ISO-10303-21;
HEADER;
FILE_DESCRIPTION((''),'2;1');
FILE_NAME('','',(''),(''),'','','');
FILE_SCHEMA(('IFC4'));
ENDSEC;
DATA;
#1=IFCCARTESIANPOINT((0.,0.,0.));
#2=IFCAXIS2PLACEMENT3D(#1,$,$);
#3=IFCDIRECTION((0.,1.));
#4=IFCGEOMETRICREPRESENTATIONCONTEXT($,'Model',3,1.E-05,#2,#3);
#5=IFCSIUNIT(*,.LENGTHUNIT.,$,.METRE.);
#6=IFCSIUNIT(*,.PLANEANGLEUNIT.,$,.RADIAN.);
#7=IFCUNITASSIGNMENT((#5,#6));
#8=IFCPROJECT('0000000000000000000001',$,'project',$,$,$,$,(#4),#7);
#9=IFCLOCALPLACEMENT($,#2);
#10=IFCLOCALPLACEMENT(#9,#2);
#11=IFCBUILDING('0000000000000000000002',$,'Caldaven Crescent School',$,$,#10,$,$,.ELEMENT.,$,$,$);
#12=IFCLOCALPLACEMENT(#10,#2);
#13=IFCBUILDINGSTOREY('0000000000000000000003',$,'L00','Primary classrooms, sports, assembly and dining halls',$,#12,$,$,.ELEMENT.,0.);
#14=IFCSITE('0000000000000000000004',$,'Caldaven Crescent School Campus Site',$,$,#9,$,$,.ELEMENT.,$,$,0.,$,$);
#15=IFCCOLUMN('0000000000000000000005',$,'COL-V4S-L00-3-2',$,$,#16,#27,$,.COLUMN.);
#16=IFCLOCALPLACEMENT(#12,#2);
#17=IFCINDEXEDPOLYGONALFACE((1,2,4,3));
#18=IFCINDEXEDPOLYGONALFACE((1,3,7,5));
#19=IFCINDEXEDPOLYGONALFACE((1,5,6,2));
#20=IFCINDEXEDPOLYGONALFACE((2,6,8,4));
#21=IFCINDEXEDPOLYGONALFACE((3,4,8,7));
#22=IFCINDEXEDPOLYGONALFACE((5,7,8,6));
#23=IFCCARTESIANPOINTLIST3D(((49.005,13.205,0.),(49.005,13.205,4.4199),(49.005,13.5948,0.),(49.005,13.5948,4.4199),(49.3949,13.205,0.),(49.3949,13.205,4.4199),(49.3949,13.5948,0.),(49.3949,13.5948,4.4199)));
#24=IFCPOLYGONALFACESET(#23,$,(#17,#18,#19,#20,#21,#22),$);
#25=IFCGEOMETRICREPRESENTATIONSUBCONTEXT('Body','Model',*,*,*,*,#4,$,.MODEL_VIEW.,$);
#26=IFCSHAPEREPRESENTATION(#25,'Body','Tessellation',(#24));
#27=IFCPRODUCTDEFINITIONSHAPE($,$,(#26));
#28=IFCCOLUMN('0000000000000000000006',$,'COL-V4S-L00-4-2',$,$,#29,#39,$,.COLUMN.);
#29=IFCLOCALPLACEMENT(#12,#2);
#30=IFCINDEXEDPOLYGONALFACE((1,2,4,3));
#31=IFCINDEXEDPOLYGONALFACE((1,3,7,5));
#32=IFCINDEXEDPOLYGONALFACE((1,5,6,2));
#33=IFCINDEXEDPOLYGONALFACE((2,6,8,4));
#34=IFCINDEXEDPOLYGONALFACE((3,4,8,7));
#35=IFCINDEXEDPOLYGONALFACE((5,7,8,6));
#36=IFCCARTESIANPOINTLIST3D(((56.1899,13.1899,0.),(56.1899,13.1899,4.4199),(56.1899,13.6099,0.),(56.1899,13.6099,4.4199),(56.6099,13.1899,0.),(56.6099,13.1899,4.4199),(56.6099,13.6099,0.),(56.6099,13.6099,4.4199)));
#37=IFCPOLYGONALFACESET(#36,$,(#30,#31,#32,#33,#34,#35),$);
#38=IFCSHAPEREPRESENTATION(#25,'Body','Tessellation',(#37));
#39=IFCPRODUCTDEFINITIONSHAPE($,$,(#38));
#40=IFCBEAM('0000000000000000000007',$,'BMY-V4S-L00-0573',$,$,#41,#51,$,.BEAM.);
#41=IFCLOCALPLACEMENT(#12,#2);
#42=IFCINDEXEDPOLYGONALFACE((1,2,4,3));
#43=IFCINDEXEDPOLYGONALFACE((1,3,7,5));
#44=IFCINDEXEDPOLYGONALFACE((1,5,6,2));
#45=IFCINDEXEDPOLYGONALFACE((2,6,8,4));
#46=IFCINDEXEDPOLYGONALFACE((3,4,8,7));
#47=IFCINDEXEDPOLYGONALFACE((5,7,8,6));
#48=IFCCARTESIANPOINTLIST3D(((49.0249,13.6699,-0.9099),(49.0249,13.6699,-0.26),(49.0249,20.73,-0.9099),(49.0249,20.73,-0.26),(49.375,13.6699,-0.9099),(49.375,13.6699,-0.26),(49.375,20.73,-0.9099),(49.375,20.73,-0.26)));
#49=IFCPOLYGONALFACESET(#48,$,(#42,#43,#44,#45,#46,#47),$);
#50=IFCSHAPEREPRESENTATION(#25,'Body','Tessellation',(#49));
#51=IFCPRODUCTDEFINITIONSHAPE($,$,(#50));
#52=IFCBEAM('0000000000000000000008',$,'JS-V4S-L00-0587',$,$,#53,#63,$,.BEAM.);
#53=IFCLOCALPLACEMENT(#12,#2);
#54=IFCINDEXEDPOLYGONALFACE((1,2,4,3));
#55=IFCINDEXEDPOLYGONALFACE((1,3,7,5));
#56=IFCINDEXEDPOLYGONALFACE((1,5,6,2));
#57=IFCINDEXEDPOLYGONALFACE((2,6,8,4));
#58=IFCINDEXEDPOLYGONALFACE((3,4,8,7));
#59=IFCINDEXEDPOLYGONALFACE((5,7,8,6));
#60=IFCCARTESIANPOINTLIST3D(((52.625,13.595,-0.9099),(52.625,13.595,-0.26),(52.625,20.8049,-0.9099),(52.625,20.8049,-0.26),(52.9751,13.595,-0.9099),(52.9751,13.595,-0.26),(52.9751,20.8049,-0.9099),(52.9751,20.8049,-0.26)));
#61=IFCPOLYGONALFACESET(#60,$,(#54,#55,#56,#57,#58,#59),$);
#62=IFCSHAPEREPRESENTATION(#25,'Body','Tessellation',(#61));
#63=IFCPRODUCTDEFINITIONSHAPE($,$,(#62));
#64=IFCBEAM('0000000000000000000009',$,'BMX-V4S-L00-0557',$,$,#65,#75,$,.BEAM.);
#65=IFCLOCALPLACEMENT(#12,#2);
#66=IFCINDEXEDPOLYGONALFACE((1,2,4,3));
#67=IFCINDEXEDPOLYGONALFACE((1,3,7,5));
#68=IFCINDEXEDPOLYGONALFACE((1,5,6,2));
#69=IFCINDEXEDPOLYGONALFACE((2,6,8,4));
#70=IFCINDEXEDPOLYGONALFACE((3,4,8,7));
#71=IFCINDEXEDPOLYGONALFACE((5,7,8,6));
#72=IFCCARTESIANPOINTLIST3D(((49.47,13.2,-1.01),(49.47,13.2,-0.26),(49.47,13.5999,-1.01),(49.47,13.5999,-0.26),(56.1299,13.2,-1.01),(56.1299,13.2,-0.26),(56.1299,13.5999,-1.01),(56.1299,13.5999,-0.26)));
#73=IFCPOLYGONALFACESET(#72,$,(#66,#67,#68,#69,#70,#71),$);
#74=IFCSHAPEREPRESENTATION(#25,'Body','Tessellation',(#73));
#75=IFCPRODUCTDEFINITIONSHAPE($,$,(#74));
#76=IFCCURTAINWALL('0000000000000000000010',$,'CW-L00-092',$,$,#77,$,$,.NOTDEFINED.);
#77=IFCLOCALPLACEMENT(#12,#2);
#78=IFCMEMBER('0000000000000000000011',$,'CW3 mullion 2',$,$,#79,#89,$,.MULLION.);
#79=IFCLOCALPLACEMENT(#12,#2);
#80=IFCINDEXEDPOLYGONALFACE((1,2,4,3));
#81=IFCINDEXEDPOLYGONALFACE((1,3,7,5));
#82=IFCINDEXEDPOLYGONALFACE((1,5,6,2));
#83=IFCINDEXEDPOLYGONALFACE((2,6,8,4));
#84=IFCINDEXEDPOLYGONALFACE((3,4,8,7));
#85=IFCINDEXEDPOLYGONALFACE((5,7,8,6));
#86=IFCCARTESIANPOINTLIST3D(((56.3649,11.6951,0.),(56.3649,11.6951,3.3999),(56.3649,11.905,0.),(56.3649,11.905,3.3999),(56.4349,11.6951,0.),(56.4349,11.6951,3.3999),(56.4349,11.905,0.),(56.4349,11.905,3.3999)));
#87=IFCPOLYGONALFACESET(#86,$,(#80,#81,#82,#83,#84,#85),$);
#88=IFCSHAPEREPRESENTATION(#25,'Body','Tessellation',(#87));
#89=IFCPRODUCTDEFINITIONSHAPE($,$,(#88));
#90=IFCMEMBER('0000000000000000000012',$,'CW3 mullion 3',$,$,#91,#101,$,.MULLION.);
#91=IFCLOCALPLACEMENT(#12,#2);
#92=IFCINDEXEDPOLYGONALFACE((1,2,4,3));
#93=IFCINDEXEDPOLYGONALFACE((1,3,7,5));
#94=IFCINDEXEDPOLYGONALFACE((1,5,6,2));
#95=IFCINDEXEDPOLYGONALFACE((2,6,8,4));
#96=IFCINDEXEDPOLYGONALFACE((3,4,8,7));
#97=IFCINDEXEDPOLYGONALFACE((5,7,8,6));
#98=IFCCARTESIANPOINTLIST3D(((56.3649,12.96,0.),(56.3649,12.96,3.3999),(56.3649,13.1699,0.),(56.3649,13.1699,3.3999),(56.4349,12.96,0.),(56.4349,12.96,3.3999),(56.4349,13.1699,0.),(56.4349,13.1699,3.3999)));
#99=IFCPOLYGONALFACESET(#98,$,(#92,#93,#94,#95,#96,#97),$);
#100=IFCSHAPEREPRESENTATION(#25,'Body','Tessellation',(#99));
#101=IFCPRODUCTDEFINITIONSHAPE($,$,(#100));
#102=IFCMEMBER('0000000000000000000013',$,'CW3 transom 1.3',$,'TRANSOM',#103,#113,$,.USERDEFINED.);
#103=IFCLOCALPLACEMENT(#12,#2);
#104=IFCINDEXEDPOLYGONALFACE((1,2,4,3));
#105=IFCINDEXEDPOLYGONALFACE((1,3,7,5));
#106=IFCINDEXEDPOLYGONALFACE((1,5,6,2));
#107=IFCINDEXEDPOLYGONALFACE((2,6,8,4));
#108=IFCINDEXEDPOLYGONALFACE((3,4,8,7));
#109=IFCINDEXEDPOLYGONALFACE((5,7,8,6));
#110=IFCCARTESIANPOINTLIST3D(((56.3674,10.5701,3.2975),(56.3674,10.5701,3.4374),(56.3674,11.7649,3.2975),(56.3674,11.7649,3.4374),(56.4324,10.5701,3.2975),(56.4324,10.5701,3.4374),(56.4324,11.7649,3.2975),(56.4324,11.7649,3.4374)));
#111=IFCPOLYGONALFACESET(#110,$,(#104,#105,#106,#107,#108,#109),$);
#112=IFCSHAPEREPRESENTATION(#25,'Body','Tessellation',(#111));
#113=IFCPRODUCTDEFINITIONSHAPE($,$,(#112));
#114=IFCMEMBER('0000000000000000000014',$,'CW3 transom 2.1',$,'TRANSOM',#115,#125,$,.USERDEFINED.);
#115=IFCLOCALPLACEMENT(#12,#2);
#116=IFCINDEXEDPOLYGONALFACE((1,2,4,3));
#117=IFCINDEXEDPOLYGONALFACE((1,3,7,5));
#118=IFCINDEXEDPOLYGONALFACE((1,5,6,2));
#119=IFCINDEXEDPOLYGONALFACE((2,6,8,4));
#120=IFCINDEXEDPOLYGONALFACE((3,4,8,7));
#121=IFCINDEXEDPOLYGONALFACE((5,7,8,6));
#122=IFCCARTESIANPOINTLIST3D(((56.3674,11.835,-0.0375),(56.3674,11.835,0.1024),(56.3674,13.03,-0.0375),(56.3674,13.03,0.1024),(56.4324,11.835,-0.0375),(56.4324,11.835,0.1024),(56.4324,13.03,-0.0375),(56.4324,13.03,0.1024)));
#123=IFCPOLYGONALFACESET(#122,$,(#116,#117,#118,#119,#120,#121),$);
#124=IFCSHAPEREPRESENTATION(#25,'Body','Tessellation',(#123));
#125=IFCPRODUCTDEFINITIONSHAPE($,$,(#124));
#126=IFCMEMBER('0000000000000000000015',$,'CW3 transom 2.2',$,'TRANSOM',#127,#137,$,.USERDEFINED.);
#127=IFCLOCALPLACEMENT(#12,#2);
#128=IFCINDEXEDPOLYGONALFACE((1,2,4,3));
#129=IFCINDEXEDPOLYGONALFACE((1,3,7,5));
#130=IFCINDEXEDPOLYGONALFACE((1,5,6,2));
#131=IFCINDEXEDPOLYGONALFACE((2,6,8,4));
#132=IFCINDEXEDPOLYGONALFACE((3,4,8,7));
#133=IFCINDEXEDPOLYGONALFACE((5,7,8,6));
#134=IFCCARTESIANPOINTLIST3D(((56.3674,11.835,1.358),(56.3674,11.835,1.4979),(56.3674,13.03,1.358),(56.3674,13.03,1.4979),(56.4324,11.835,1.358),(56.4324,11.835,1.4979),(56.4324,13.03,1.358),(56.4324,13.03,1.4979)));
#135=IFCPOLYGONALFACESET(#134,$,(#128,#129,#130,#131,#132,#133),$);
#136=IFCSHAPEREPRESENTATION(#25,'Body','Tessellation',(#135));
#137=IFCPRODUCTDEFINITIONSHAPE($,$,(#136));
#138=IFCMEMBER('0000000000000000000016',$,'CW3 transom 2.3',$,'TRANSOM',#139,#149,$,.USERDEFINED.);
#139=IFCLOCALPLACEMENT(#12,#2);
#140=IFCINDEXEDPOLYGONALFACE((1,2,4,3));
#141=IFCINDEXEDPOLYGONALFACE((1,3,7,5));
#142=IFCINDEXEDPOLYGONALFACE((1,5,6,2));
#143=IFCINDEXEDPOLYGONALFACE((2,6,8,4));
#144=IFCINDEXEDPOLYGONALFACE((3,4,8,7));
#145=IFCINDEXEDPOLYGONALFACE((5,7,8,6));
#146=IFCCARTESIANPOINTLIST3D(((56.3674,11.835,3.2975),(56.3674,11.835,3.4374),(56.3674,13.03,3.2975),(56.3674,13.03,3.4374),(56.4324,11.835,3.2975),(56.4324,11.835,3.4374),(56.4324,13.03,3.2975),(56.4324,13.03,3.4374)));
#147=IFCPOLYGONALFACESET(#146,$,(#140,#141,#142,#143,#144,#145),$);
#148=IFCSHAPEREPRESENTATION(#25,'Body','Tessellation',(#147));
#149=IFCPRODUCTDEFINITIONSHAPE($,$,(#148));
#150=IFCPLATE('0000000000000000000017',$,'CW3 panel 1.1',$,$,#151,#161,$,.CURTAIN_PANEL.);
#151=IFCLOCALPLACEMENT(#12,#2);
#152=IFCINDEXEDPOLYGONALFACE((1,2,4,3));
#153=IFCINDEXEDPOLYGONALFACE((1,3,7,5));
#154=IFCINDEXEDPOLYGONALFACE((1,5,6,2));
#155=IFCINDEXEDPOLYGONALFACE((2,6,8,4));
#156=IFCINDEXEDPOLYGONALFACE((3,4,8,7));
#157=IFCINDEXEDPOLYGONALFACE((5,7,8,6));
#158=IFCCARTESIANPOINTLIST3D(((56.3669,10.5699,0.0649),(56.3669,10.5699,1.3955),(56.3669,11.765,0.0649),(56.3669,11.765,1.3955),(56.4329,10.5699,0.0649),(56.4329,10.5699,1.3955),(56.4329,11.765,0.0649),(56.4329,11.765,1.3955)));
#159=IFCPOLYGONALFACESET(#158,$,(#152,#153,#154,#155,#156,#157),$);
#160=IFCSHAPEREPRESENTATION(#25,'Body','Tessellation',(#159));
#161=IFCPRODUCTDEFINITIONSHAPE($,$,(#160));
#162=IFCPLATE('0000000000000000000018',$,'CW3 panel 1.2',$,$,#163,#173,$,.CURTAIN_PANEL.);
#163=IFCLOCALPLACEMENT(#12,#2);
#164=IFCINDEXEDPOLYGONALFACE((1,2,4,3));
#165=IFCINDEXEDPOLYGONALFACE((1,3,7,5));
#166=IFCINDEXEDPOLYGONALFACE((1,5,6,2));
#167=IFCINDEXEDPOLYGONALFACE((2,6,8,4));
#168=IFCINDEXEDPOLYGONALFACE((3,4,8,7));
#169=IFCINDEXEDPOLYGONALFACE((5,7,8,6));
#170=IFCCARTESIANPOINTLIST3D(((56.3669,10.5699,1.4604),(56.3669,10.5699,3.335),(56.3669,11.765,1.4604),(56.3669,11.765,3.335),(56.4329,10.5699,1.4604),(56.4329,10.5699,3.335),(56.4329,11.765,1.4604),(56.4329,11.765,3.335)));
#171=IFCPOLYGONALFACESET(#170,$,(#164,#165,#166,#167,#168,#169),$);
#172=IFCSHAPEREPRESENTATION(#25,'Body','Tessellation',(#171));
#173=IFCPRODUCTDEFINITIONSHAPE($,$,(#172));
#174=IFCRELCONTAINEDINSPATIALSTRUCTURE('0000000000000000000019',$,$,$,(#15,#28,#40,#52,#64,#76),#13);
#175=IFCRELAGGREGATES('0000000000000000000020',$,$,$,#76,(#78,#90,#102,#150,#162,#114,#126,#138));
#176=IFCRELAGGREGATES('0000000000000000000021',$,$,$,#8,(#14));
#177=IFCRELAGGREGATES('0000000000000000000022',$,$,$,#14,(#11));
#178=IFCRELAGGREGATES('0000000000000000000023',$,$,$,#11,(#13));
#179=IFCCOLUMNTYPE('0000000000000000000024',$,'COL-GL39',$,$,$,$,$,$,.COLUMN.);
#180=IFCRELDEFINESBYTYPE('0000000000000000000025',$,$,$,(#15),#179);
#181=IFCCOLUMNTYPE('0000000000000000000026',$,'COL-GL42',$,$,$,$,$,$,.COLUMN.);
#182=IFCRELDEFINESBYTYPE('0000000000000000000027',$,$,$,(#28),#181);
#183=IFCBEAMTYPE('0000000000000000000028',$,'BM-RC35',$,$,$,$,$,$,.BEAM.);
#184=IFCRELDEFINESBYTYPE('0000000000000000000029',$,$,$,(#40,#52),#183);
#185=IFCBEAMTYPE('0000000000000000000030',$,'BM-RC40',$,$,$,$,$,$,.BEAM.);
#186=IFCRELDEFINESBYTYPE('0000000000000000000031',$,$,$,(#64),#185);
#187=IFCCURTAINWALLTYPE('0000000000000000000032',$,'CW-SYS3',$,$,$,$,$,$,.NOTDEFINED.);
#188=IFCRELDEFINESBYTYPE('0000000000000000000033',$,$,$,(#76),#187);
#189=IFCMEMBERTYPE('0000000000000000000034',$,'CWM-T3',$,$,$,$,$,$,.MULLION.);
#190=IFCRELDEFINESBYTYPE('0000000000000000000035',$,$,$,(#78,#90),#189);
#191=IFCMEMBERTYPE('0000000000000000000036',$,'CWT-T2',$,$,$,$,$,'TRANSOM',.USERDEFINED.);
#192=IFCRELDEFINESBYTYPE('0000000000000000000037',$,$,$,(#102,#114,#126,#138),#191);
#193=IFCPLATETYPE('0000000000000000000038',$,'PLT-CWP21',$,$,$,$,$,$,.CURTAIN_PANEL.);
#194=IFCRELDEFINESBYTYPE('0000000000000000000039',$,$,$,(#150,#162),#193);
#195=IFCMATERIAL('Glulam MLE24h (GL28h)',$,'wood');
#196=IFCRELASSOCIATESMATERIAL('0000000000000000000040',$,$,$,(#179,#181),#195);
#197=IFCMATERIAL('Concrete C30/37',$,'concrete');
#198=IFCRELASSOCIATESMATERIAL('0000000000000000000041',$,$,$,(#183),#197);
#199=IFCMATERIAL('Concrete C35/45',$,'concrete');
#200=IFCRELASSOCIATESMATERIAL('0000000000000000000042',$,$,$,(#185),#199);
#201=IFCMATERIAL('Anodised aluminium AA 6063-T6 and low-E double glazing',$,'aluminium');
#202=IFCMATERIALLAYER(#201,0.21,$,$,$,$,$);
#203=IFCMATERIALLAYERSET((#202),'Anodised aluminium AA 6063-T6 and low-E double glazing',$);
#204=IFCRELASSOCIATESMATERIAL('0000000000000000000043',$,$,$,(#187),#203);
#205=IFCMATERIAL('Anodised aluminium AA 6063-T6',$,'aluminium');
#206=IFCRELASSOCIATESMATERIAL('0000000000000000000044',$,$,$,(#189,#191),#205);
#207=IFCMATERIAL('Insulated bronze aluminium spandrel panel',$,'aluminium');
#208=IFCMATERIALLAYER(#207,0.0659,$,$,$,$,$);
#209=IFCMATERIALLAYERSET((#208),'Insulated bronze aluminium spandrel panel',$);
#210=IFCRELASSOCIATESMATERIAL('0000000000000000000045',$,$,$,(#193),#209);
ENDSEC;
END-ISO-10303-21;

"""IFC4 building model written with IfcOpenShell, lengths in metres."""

from ifc_helpers import new_model, si_unit, direction, frame, origin, origin_2d, place, context, subcontext, project, spatial, rectangle, extrude, material, layer, layer_set, material_profile, profile_set, type_object, element, aggregate, save


model = new_model("IFC4")

# Units and contexts
model_context = context("Model", 3, precision=1e-05, world=origin(), true_north=direction((0.0, 1.0)))
body_context = subcontext(model_context, "Body", "Model", "MODEL_VIEW")
ifc_project = project(units=[si_unit("LENGTHUNIT", "METRE"), si_unit("PLANEANGLEUNIT", "RADIAN")], contexts=[model_context])

# Site, building, storey
site_placement = place(None, origin())
site = spatial("IfcSite", under=ifc_project, at=site_placement, Name="Caldaven Crescent School Campus Site", CompositionType="ELEMENT", RefElevation=0.0)
building_placement = place(site_placement, origin())
building = spatial("IfcBuilding", under=site, at=building_placement, Name="Caldaven Crescent School", CompositionType="ELEMENT")
storey_placement = place(building_placement, origin())
storey = spatial("IfcBuildingStorey", under=building, at=storey_placement, Name="L00", Description="Primary classrooms, sports, assembly and dining halls", CompositionType="ELEMENT", Elevation=0.0)

# Columns
ifc_material_1 = material(Name="Glulam MLE24h (GL28h)", Category="wood")
ifc_material_profile_1 = material_profile(ifc_material_1, rectangle(XDim=0.3899, YDim=0.3899, at=origin_2d()), Name="MLE 390x390")
ifc_profile_set_1 = profile_set([ifc_material_profile_1], Name="Glulam MLE24h (GL28h)")
column_type_1 = type_object("IfcColumnType", Name="COL-GL39", PredefinedType="COLUMN", material=ifc_profile_set_1)
column_1_placement = place(storey_placement, frame((49.2, 13.3999, 0.0), z_axis=(0.0, 0.0, 1.0), x_axis=(1.0, 0.0, 0.0)))
element("IfcColumn", 1, at=column_1_placement, inside=storey, type_object=column_type_1, Name="COL-V4S-L00-3-2", PredefinedType="COLUMN", context=body_context, shape_type="SweptSolid", body=[
    extrude(rectangle(XDim=0.3899, YDim=0.3899, at=origin_2d()), origin(), (0.0, 0.0, 1.0), 4.4199),
])
ifc_material_profile_2 = material_profile(ifc_material_1, rectangle(XDim=0.4199, YDim=0.4199, at=origin_2d()), Name="MLE 420x420")
ifc_profile_set_2 = profile_set([ifc_material_profile_2], Name="Glulam MLE24h (GL28h)")
column_type_2 = type_object("IfcColumnType", Name="COL-GL42", PredefinedType="COLUMN", material=ifc_profile_set_2)
column_2_placement = place(storey_placement, frame((56.3999, 13.3999, 0.0), z_axis=(0.0, 0.0, 1.0), x_axis=(1.0, 0.0, 0.0)))
element("IfcColumn", 2, at=column_2_placement, inside=storey, type_object=column_type_2, Name="COL-V4S-L00-4-2", PredefinedType="COLUMN", context=body_context, shape_type="SweptSolid", body=[
    extrude(rectangle(XDim=0.4199, YDim=0.4199, at=origin_2d()), origin(), (0.0, 0.0, 1.0), 4.4199),
])

# Beams
ifc_material_2 = material(Name="Concrete C30/37", Category="concrete")
ifc_material_profile_3 = material_profile(ifc_material_2, rectangle(XDim=0.3501, YDim=0.6499, at=origin_2d()), Name="RC 350x650")
ifc_profile_set_3 = profile_set([ifc_material_profile_3], Name="Concrete C30/37")
beam_type_1 = type_object("IfcBeamType", Name="BM-RC35", PredefinedType="BEAM", material=ifc_profile_set_3)
beam_1_placement = place(storey_placement, frame((49.2, 13.6699, -0.585), z_axis=(0.0, 1.0, 0.0), x_axis=(-1.0, 0.0, 0.0)))
element("IfcBeam", 3, at=beam_1_placement, inside=storey, type_object=beam_type_1, Name="BMY-V4S-L00-0573", PredefinedType="BEAM", context=body_context, shape_type="SweptSolid", body=[
    extrude(rectangle(XDim=0.3501, YDim=0.6499, at=origin_2d()), origin(), (0.0, 0.0, 1.0), 7.0601),
])
beam_2_placement = place(storey_placement, frame((52.8, 13.595, -0.585), z_axis=(0.0, 1.0, 0.0), x_axis=(-1.0, 0.0, 0.0)))
element("IfcBeam", 4, at=beam_2_placement, inside=storey, type_object=beam_type_1, Name="JS-V4S-L00-0587", PredefinedType="BEAM", context=body_context, shape_type="SweptSolid", body=[
    extrude(rectangle(XDim=0.3501, YDim=0.6499, at=origin_2d()), origin(), (0.0, 0.0, 1.0), 7.21),
])
ifc_material_3 = material(Name="Concrete C35/45", Category="concrete")
ifc_material_profile_4 = material_profile(ifc_material_3, rectangle(XDim=0.3999, YDim=0.75, at=origin_2d()), Name="RC 400x750")
ifc_profile_set_4 = profile_set([ifc_material_profile_4], Name="Concrete C35/45")
beam_type_2 = type_object("IfcBeamType", Name="BM-RC40", PredefinedType="BEAM", material=ifc_profile_set_4)
beam_3_placement = place(storey_placement, frame((49.47, 13.3999, -0.635), z_axis=(1.0, 0.0, 0.0), x_axis=(0.0, 1.0, 0.0)))
element("IfcBeam", 5, at=beam_3_placement, inside=storey, type_object=beam_type_2, Name="BMX-V4S-L00-0557", PredefinedType="BEAM", context=body_context, shape_type="SweptSolid", body=[
    extrude(rectangle(XDim=0.3999, YDim=0.75, at=origin_2d()), origin(), (0.0, 0.0, 1.0), 6.6599),
])

# Curtain wall, members, plates
ifc_material_4 = material(Name="Anodised aluminium AA 6063-T6 and low-E double glazing", Category="aluminium")
ifc_layer_1 = layer(ifc_material_4, 0.21)
ifc_layer_set_1 = layer_set([ifc_layer_1], Name="Anodised aluminium AA 6063-T6 and low-E double glazing")
curtain_wall_type = type_object("IfcCurtainWallType", Name="CW-SYS3", PredefinedType="NOTDEFINED", material=ifc_layer_set_1)
curtain_wall_placement = place(storey_placement, origin())
curtain_wall = element("IfcCurtainWall", 6, at=curtain_wall_placement, inside=storey, type_object=curtain_wall_type, Name="CW-L00-092", PredefinedType="NOTDEFINED")
ifc_material_5 = material(Name="Anodised aluminium AA 6063-T6", Category="aluminium")
ifc_material_profile_5 = material_profile(ifc_material_5, rectangle(XDim=0.0701, YDim=0.21, at=origin_2d()), Name="CWM 70x210")
ifc_profile_set_5 = profile_set([ifc_material_profile_5], Name="Anodised aluminium AA 6063-T6")
member_type_1 = type_object("IfcMemberType", Name="CWM-T3", PredefinedType="MULLION", material=ifc_profile_set_5)
member_1_placement = place(storey_placement, frame((56.3999, 11.8, 0.0), z_axis=(0.0, 0.0, 1.0), x_axis=(-1.0, 0.0, 0.0)))
member_1 = element("IfcMember", 7, at=member_1_placement, type_object=member_type_1, Name="CW3 mullion 2", PredefinedType="MULLION", context=body_context, shape_type="SweptSolid", body=[
    extrude(rectangle(XDim=0.0701, YDim=0.21, at=origin_2d()), origin(), (0.0, 0.0, 1.0), 3.3999),
])
member_2_placement = place(storey_placement, frame((56.3999, 13.0649, 0.0), z_axis=(0.0, 0.0, 1.0), x_axis=(-1.0, 0.0, 0.0)))
member_2 = element("IfcMember", 8, at=member_2_placement, type_object=member_type_1, Name="CW3 mullion 3", PredefinedType="MULLION", context=body_context, shape_type="SweptSolid", body=[
    extrude(rectangle(XDim=0.0701, YDim=0.21, at=origin_2d()), origin(), (0.0, 0.0, 1.0), 3.3999),
])
ifc_material_profile_6 = material_profile(ifc_material_5, rectangle(XDim=0.0649, YDim=0.1399, at=origin_2d()), Name="CWT 65x140")
ifc_profile_set_6 = profile_set([ifc_material_profile_6], Name="Anodised aluminium AA 6063-T6")
member_type_2 = type_object("IfcMemberType", Name="CWT-T2", ElementType="TRANSOM", PredefinedType="USERDEFINED", material=ifc_profile_set_6)
member_3_placement = place(storey_placement, frame((56.3999, 10.5701, 3.3674), z_axis=(0.0, 1.0, 0.0), x_axis=(-1.0, 0.0, 0.0)))
member_3 = element("IfcMember", 9, at=member_3_placement, type_object=member_type_2, Name="CW3 transom 1.3", ObjectType="TRANSOM", PredefinedType="USERDEFINED", context=body_context, shape_type="SweptSolid", body=[
    extrude(rectangle(XDim=0.0649, YDim=0.1399, at=origin_2d()), origin(), (0.0, 0.0, 1.0), 1.1948),
])
member_4_placement = place(storey_placement, frame((56.3999, 11.835, 0.0325), z_axis=(0.0, 1.0, 0.0), x_axis=(-1.0, 0.0, 0.0)))
member_4 = element("IfcMember", 10, at=member_4_placement, type_object=member_type_2, Name="CW3 transom 2.1", ObjectType="TRANSOM", PredefinedType="USERDEFINED", context=body_context, shape_type="SweptSolid", body=[
    extrude(rectangle(XDim=0.0649, YDim=0.1399, at=origin_2d()), origin(), (0.0, 0.0, 1.0), 1.1951),
])
member_5_placement = place(storey_placement, frame((56.3999, 11.835, 1.428), z_axis=(0.0, 1.0, 0.0), x_axis=(-1.0, 0.0, 0.0)))
member_5 = element("IfcMember", 11, at=member_5_placement, type_object=member_type_2, Name="CW3 transom 2.2", ObjectType="TRANSOM", PredefinedType="USERDEFINED", context=body_context, shape_type="SweptSolid", body=[
    extrude(rectangle(XDim=0.0649, YDim=0.1399, at=origin_2d()), origin(), (0.0, 0.0, 1.0), 1.1951),
])
member_6_placement = place(storey_placement, frame((56.3999, 11.835, 3.3674), z_axis=(0.0, 1.0, 0.0), x_axis=(-1.0, 0.0, 0.0)))
member_6 = element("IfcMember", 12, at=member_6_placement, type_object=member_type_2, Name="CW3 transom 2.3", ObjectType="TRANSOM", PredefinedType="USERDEFINED", context=body_context, shape_type="SweptSolid", body=[
    extrude(rectangle(XDim=0.0649, YDim=0.1399, at=origin_2d()), origin(), (0.0, 0.0, 1.0), 1.1951),
])
ifc_material_6 = material(Name="Insulated bronze aluminium spandrel panel", Category="aluminium")
ifc_layer_2 = layer(ifc_material_6, 0.0659)
ifc_layer_set_2 = layer_set([ifc_layer_2], Name="Insulated bronze aluminium spandrel panel")
plate_type = type_object("IfcPlateType", Name="PLT-CWP21", PredefinedType="CURTAIN_PANEL", material=ifc_layer_set_2)
plate_1_placement = place(storey_placement, frame((56.3999, 11.1675, 0.0649), z_axis=(0.0, 0.0, 1.0), x_axis=(0.0, 1.0, 0.0)))
plate_1 = element("IfcPlate", 13, at=plate_1_placement, type_object=plate_type, Name="CW3 panel 1.1", PredefinedType="CURTAIN_PANEL", context=body_context, shape_type="SweptSolid", body=[
    extrude(rectangle(XDim=1.1951, YDim=0.0659, at=origin_2d()), origin(), (0.0, 0.0, 1.0), 1.3306),
])
plate_2_placement = place(storey_placement, frame((56.3999, 11.1675, 1.4604), z_axis=(0.0, 0.0, 1.0), x_axis=(0.0, 1.0, 0.0)))
plate_2 = element("IfcPlate", 14, at=plate_2_placement, type_object=plate_type, Name="CW3 panel 1.2", PredefinedType="CURTAIN_PANEL", context=body_context, shape_type="SweptSolid", body=[
    extrude(rectangle(XDim=1.1951, YDim=0.0659, at=origin_2d()), origin(), (0.0, 0.0, 1.0), 1.8745),
])
aggregate(curtain_wall, [member_1, member_2, member_3, plate_1, plate_2, member_4, member_5, member_6])

save(model, "model.ifc")
